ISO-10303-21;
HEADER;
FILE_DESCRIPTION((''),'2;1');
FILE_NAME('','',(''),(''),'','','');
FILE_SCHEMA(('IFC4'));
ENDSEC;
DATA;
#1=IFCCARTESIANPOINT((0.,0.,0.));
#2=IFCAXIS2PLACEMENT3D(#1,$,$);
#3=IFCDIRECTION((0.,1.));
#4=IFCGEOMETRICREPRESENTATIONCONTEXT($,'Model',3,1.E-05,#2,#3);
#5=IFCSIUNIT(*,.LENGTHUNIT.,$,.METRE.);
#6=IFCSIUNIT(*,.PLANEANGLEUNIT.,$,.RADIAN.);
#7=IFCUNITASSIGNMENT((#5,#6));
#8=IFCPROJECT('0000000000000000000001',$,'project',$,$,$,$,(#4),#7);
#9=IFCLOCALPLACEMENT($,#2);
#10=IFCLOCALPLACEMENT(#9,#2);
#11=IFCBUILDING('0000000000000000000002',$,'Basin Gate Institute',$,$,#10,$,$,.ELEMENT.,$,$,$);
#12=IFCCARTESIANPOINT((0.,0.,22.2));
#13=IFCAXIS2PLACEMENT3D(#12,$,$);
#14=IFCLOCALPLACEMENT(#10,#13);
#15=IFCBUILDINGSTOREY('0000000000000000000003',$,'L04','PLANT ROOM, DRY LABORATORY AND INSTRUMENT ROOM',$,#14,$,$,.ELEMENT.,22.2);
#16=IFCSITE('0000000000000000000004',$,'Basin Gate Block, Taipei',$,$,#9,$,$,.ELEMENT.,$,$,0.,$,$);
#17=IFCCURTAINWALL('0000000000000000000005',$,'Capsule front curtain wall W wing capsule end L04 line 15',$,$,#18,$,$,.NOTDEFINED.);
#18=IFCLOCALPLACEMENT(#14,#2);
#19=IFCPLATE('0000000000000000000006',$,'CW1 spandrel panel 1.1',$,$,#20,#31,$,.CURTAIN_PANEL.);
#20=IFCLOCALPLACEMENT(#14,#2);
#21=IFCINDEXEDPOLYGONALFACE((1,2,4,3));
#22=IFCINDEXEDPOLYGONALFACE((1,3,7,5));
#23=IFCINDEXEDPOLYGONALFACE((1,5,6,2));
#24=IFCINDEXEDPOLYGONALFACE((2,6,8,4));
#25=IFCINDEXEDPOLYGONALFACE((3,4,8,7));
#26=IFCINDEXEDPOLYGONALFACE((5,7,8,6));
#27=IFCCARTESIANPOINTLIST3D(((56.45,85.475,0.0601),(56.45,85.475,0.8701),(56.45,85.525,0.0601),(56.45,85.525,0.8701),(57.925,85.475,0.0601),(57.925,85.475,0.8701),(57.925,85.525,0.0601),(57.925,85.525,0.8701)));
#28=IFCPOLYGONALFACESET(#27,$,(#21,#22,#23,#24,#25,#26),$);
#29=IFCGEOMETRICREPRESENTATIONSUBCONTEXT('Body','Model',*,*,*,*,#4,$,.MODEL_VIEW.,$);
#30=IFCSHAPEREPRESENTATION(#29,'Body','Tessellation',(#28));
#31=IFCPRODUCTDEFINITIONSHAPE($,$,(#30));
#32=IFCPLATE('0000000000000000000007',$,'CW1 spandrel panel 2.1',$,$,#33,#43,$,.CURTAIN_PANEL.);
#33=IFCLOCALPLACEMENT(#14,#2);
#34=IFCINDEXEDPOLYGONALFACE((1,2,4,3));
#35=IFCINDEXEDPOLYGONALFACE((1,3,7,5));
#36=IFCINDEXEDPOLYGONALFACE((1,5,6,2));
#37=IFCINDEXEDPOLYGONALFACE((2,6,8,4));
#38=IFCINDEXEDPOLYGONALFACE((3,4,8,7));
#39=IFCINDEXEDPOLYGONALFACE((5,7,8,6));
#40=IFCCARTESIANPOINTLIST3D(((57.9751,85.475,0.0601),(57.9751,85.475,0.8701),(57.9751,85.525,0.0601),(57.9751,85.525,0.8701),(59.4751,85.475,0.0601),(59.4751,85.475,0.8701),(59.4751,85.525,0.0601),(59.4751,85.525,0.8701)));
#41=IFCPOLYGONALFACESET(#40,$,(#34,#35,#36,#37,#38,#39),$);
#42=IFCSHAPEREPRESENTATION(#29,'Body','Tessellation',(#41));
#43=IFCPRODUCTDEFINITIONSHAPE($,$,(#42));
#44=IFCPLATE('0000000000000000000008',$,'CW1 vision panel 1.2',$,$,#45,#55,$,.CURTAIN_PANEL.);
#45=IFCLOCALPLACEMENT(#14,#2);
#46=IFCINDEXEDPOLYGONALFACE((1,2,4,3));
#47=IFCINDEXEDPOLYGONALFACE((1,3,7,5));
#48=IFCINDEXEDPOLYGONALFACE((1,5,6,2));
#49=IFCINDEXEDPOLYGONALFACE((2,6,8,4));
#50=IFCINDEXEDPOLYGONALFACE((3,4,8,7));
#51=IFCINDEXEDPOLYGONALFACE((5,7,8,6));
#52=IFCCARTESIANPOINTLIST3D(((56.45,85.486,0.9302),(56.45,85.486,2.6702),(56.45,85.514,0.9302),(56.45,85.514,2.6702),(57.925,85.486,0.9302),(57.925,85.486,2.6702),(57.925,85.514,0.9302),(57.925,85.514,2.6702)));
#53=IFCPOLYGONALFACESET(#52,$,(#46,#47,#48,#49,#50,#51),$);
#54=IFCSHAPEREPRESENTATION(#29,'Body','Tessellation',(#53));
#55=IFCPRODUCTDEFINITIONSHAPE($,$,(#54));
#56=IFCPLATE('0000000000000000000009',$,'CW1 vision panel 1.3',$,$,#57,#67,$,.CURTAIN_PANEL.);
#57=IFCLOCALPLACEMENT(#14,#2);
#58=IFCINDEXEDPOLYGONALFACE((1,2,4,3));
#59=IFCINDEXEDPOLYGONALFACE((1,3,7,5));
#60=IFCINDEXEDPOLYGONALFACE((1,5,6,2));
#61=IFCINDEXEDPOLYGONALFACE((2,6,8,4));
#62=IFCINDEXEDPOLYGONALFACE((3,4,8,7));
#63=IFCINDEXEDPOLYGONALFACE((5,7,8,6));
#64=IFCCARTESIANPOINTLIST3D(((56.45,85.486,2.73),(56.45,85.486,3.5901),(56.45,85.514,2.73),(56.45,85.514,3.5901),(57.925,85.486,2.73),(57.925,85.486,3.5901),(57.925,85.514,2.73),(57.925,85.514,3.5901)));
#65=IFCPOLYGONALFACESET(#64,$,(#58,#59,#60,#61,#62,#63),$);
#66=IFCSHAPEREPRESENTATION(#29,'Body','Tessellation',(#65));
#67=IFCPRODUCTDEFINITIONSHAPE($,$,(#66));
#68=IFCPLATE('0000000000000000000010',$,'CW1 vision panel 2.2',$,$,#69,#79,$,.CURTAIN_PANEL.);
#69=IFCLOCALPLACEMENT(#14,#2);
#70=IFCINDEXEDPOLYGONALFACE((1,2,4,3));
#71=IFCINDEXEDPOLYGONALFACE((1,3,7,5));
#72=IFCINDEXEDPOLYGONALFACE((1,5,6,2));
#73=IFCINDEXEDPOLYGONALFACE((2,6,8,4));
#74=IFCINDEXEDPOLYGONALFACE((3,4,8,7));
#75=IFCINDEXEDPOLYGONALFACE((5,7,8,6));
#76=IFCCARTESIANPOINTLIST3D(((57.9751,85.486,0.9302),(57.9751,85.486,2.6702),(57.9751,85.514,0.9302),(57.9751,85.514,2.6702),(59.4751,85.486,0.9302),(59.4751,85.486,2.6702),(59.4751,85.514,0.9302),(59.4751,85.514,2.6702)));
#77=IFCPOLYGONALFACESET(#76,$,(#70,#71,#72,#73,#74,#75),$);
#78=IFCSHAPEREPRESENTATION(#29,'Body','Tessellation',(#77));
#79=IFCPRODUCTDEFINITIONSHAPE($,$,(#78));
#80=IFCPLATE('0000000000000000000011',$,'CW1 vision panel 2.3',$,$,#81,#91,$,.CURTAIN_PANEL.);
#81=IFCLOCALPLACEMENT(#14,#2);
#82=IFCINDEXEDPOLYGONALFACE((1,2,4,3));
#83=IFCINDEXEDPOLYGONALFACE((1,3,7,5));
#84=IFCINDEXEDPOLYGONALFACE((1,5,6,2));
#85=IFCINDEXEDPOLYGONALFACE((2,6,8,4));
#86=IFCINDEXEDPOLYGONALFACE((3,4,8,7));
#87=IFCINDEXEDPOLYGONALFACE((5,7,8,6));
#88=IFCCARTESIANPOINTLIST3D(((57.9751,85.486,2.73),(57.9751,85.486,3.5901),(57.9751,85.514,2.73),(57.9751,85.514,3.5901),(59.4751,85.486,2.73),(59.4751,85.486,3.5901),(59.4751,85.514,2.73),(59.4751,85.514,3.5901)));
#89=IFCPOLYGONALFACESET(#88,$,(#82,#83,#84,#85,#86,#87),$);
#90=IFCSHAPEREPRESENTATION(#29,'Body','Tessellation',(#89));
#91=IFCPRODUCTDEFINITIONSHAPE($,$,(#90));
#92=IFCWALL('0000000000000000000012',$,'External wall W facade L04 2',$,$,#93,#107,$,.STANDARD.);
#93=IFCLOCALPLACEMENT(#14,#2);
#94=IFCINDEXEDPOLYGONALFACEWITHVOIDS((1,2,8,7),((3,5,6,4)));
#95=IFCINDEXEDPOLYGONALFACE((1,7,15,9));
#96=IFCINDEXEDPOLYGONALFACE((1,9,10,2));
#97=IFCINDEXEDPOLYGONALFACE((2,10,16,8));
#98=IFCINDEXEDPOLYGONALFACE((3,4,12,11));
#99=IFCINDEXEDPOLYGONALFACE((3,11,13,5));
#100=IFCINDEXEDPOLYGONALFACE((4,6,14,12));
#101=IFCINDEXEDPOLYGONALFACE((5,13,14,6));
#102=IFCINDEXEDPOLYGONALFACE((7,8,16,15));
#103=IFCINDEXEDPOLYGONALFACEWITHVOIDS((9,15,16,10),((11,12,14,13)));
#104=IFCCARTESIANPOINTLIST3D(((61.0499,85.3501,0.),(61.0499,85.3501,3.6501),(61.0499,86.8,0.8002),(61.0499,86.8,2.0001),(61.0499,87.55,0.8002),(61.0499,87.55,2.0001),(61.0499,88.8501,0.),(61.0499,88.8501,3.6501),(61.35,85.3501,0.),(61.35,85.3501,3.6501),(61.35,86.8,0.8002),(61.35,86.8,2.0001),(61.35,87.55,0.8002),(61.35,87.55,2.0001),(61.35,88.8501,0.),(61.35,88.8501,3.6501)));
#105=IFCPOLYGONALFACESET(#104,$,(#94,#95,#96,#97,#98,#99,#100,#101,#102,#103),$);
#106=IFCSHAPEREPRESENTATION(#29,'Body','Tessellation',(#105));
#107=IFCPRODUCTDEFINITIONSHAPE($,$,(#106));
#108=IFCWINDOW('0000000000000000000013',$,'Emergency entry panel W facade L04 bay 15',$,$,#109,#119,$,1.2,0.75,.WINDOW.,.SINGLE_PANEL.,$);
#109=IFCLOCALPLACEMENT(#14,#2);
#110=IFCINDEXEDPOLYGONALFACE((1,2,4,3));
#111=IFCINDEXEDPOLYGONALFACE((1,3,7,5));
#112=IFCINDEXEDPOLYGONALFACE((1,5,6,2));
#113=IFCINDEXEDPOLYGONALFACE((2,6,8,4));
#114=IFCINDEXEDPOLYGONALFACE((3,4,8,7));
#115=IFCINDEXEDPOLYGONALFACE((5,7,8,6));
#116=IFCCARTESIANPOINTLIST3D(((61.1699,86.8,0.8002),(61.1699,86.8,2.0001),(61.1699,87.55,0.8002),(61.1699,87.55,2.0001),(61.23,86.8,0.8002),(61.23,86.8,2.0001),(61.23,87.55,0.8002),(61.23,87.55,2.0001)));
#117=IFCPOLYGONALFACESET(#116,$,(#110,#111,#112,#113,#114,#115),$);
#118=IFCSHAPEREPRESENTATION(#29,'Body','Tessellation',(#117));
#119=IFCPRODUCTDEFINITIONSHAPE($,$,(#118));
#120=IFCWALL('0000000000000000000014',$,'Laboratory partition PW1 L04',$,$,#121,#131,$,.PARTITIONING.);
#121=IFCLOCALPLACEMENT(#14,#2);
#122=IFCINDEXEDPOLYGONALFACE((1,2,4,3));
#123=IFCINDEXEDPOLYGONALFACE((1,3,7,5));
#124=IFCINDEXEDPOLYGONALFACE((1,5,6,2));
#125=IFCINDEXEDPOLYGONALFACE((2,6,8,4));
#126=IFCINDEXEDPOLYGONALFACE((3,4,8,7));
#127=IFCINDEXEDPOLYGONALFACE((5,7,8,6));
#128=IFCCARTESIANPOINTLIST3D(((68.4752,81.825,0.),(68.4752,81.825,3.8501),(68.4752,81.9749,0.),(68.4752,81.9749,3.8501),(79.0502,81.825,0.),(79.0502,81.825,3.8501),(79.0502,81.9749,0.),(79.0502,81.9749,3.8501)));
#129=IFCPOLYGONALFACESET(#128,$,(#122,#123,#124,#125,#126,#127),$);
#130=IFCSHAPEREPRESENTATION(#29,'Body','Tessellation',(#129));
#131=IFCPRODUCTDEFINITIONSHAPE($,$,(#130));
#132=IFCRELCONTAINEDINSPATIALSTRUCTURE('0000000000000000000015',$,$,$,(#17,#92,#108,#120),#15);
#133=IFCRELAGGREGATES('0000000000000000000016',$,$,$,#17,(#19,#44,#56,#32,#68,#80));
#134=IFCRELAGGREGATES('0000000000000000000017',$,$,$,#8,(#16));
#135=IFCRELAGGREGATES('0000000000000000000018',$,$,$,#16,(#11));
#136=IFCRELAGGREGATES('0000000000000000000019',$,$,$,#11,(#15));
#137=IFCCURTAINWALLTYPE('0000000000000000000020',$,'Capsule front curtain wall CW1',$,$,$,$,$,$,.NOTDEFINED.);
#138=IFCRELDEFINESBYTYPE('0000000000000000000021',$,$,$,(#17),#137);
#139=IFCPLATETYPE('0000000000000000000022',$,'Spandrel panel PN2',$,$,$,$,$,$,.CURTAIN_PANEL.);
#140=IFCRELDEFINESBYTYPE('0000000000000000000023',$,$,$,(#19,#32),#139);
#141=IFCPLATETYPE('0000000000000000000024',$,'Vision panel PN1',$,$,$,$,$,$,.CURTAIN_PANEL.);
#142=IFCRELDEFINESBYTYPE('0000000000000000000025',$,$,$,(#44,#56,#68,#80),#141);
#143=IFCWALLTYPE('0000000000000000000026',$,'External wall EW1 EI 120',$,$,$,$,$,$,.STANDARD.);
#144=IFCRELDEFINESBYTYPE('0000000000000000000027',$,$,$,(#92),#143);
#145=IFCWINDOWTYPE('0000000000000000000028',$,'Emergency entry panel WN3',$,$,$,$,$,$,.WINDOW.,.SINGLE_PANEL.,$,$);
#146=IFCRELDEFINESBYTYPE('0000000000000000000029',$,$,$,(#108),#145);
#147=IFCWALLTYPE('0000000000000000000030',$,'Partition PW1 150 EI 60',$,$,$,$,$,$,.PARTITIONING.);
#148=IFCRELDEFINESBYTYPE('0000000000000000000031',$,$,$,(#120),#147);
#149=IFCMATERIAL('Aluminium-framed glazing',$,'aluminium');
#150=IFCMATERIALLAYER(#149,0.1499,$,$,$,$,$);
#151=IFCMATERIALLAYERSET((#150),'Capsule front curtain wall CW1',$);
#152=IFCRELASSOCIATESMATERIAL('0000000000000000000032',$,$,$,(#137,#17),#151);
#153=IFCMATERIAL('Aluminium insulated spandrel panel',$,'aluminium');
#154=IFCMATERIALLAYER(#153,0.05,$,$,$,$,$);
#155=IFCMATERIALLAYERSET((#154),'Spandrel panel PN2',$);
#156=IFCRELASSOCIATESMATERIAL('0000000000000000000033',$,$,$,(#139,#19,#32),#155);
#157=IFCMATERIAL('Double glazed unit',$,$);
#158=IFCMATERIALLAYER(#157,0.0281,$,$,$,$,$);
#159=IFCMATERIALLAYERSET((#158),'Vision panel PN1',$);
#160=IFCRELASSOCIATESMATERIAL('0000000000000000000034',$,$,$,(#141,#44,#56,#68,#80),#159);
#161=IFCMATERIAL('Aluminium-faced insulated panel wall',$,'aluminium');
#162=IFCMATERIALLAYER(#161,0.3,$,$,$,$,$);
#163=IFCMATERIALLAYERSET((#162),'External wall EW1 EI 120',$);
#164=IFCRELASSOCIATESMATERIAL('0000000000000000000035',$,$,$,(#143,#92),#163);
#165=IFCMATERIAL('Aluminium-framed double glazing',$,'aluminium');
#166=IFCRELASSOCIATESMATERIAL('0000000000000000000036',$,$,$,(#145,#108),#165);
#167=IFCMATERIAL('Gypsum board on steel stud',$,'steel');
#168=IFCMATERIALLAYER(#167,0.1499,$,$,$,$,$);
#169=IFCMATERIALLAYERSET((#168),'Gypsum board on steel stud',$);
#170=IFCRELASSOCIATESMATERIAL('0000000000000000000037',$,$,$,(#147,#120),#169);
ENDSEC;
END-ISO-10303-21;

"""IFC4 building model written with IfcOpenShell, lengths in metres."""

from ifc_helpers import new_model, si_unit, direction, frame, frame_2d, origin, origin_2d, place, context, subcontext, project, spatial, rectangle, extrude, material, layer, layer_set, type_object, element, fill, aggregate, save


model = new_model("IFC4")

# Units and contexts
model_context = context("Model", 3, precision=1e-05, world=origin(), true_north=direction((0.0, 1.0)))
body_context = subcontext(model_context, "Body", "Model", "MODEL_VIEW")
ifc_project = project(units=[si_unit("LENGTHUNIT", "METRE"), si_unit("PLANEANGLEUNIT", "RADIAN")], contexts=[model_context])

# Site, building, storey
site_placement = place(None, origin())
site = spatial("IfcSite", under=ifc_project, at=site_placement, Name="Basin Gate Block, Taipei", CompositionType="ELEMENT", RefElevation=0.0)
building_placement = place(site_placement, origin())
building = spatial("IfcBuilding", under=site, at=building_placement, Name="Basin Gate Institute", CompositionType="ELEMENT")
storey_placement = place(building_placement, frame((0.0, 0.0, 22.2)))
storey = spatial("IfcBuildingStorey", under=building, at=storey_placement, Name="L04", Description="PLANT ROOM, DRY LABORATORY AND INSTRUMENT ROOM", CompositionType="ELEMENT", Elevation=22.2)

# Curtain wall
ifc_material_1 = material(Name="Aluminium-framed glazing", Category="aluminium")
ifc_layer_1 = layer(ifc_material_1, 0.1499)
ifc_layer_set_1 = layer_set([ifc_layer_1], Name="Capsule front curtain wall CW1")
curtain_wall_type = type_object("IfcCurtainWallType", Name="Capsule front curtain wall CW1", PredefinedType="NOTDEFINED", material=ifc_layer_set_1)
curtain_wall_placement = place(storey_placement, origin())
curtain_wall = element("IfcCurtainWall", 1, at=curtain_wall_placement, inside=storey, type_object=curtain_wall_type, material=ifc_layer_set_1, Name="Capsule front curtain wall W wing capsule end L04 line 15", PredefinedType="NOTDEFINED")

# Plates
ifc_material_2 = material(Name="Aluminium insulated spandrel panel", Category="aluminium")
ifc_layer_2 = layer(ifc_material_2, 0.05)
ifc_layer_set_2 = layer_set([ifc_layer_2], Name="Spandrel panel PN2")
plate_type_1 = type_object("IfcPlateType", Name="Spandrel panel PN2", PredefinedType="CURTAIN_PANEL", material=ifc_layer_set_2)
plate_1_placement = place(storey_placement, frame((57.1875, 85.5, 0.0601), z_axis=(0.0, 0.0, 1.0), x_axis=(1.0, 0.0, 0.0)))
plate_1 = element("IfcPlate", 2, at=plate_1_placement, type_object=plate_type_1, material=ifc_layer_set_2, Name="CW1 spandrel panel 1.1", PredefinedType="CURTAIN_PANEL", context=body_context, shape_type="SweptSolid", body=[
    extrude(rectangle(XDim=1.4751, YDim=0.05, at=origin_2d()), origin(), (0.0, 0.0, 1.0), 0.8101),
])
plate_2_placement = place(storey_placement, frame((58.7251, 85.5, 0.0601), z_axis=(0.0, 0.0, 1.0), x_axis=(1.0, 0.0, 0.0)))
plate_2 = element("IfcPlate", 3, at=plate_2_placement, type_object=plate_type_1, material=ifc_layer_set_2, Name="CW1 spandrel panel 2.1", PredefinedType="CURTAIN_PANEL", context=body_context, shape_type="SweptSolid", body=[
    extrude(rectangle(XDim=1.5, YDim=0.05, at=origin_2d()), origin(), (0.0, 0.0, 1.0), 0.8101),
])
ifc_material_3 = material(Name="Double glazed unit")
ifc_layer_3 = layer(ifc_material_3, 0.0281)
ifc_layer_set_3 = layer_set([ifc_layer_3], Name="Vision panel PN1")
plate_type_2 = type_object("IfcPlateType", Name="Vision panel PN1", PredefinedType="CURTAIN_PANEL", material=ifc_layer_set_3)
plate_3_placement = place(storey_placement, frame((57.1875, 85.5, 0.9302), z_axis=(0.0, 0.0, 1.0), x_axis=(1.0, 0.0, 0.0)))
plate_3 = element("IfcPlate", 4, at=plate_3_placement, type_object=plate_type_2, material=ifc_layer_set_3, Name="CW1 vision panel 1.2", PredefinedType="CURTAIN_PANEL", context=body_context, shape_type="SweptSolid", body=[
    extrude(rectangle(XDim=1.4751, YDim=0.0281, at=origin_2d()), origin(), (0.0, 0.0, 1.0), 1.74),
])
plate_4_placement = place(storey_placement, frame((57.1875, 85.5, 2.73), z_axis=(0.0, 0.0, 1.0), x_axis=(1.0, 0.0, 0.0)))
plate_4 = element("IfcPlate", 5, at=plate_4_placement, type_object=plate_type_2, material=ifc_layer_set_3, Name="CW1 vision panel 1.3", PredefinedType="CURTAIN_PANEL", context=body_context, shape_type="SweptSolid", body=[
    extrude(rectangle(XDim=1.4751, YDim=0.0281, at=origin_2d()), origin(), (0.0, 0.0, 1.0), 0.8601),
])
plate_5_placement = place(storey_placement, frame((58.7251, 85.5, 0.9302), z_axis=(0.0, 0.0, 1.0), x_axis=(1.0, 0.0, 0.0)))
plate_5 = element("IfcPlate", 6, at=plate_5_placement, type_object=plate_type_2, material=ifc_layer_set_3, Name="CW1 vision panel 2.2", PredefinedType="CURTAIN_PANEL", context=body_context, shape_type="SweptSolid", body=[
    extrude(rectangle(XDim=1.5, YDim=0.0281, at=origin_2d()), origin(), (0.0, 0.0, 1.0), 1.74),
])
plate_6_placement = place(storey_placement, frame((58.7251, 85.5, 2.73), z_axis=(0.0, 0.0, 1.0), x_axis=(1.0, 0.0, 0.0)))
plate_6 = element("IfcPlate", 7, at=plate_6_placement, type_object=plate_type_2, material=ifc_layer_set_3, Name="CW1 vision panel 2.3", PredefinedType="CURTAIN_PANEL", context=body_context, shape_type="SweptSolid", body=[
    extrude(rectangle(XDim=1.5, YDim=0.0281, at=origin_2d()), origin(), (0.0, 0.0, 1.0), 0.8601),
])
aggregate(curtain_wall, [plate_1, plate_3, plate_4, plate_2, plate_5, plate_6])

# Wall, opening, window
ifc_material_4 = material(Name="Aluminium-faced insulated panel wall", Category="aluminium")
ifc_layer_4 = layer(ifc_material_4, 0.3)
ifc_layer_set_4 = layer_set([ifc_layer_4], Name="External wall EW1 EI 120")
wall_type_1 = type_object("IfcWallType", Name="External wall EW1 EI 120", PredefinedType="STANDARD", material=ifc_layer_set_4)
wall_1_placement = place(storey_placement, frame((61.2, 85.3501, 0.0), z_axis=(0.0, 0.0, 1.0), x_axis=(0.0, 1.0, 0.0)))
wall_1 = element("IfcWall", 8, at=wall_1_placement, inside=storey, type_object=wall_type_1, material=ifc_layer_set_4, Name="External wall W facade L04 2", PredefinedType="STANDARD", context=body_context, shape_type="SweptSolid", body=[
    extrude(rectangle(XDim=3.5, YDim=0.3, at=frame_2d((1.75, 0.0))), origin(), (0.0, 0.0, 1.0), 3.6501),
])
opening_placement = place(wall_1_placement, frame((1.45, 0.0, 0.8)))
opening = element("IfcOpeningElement", 9, at=opening_placement, cuts=wall_1, PredefinedType="OPENING", context=body_context, shape_type="SweptSolid", body=[
    extrude(rectangle(XDim=0.75, YDim=1.2, at=frame_2d((0.375, 0.6001))), frame((0.0, 0.1602, 0.0), z_axis=(0.0, -1.0, 0.0), x_axis=(1.0, 0.0, 0.0)), (0.0, 0.0, 1.0), 0.3201),
])
ifc_material_5 = material(Name="Aluminium-framed double glazing", Category="aluminium")
window_type = type_object("IfcWindowType", Name="Emergency entry panel WN3", PartitioningType="SINGLE_PANEL", PredefinedType="WINDOW", material=ifc_material_5)
window_placement = place(opening_placement, origin())
window = element("IfcWindow", 10, at=window_placement, inside=storey, type_object=window_type, material=ifc_material_5, Name="Emergency entry panel W facade L04 bay 15", OverallHeight=1.2, OverallWidth=0.75, PartitioningType="SINGLE_PANEL", PredefinedType="WINDOW", context=body_context, shape_type="SweptSolid", body=[
    extrude(rectangle(XDim=0.75, YDim=1.2, at=frame_2d((0.375, 0.6001))), frame((0.0, 0.03, 0.0), z_axis=(0.0, -1.0, 0.0), x_axis=(1.0, 0.0, 0.0)), (0.0, 0.0, 1.0), 0.0601),
])
fill(opening, window)

# Wall
ifc_material_6 = material(Name="Gypsum board on steel stud", Category="steel")
ifc_layer_5 = layer(ifc_material_6, 0.1499)
ifc_layer_set_5 = layer_set([ifc_layer_5], Name="Gypsum board on steel stud")
wall_type_2 = type_object("IfcWallType", Name="Partition PW1 150 EI 60", PredefinedType="PARTITIONING", material=ifc_layer_set_5)
wall_2_placement = place(storey_placement, frame((68.4751, 81.8999, 0.0), z_axis=(0.0, 0.0, 1.0), x_axis=(1.0, 0.0, 0.0)))
element("IfcWall", 11, at=wall_2_placement, inside=storey, type_object=wall_type_2, material=ifc_layer_set_5, Name="Laboratory partition PW1 L04", PredefinedType="PARTITIONING", context=body_context, shape_type="SweptSolid", body=[
    extrude(rectangle(XDim=10.575, YDim=0.1499, at=frame_2d((5.2876, 0.0))), origin(), (0.0, 0.0, 1.0), 3.8501),
])

save(model, "model.ifc")
